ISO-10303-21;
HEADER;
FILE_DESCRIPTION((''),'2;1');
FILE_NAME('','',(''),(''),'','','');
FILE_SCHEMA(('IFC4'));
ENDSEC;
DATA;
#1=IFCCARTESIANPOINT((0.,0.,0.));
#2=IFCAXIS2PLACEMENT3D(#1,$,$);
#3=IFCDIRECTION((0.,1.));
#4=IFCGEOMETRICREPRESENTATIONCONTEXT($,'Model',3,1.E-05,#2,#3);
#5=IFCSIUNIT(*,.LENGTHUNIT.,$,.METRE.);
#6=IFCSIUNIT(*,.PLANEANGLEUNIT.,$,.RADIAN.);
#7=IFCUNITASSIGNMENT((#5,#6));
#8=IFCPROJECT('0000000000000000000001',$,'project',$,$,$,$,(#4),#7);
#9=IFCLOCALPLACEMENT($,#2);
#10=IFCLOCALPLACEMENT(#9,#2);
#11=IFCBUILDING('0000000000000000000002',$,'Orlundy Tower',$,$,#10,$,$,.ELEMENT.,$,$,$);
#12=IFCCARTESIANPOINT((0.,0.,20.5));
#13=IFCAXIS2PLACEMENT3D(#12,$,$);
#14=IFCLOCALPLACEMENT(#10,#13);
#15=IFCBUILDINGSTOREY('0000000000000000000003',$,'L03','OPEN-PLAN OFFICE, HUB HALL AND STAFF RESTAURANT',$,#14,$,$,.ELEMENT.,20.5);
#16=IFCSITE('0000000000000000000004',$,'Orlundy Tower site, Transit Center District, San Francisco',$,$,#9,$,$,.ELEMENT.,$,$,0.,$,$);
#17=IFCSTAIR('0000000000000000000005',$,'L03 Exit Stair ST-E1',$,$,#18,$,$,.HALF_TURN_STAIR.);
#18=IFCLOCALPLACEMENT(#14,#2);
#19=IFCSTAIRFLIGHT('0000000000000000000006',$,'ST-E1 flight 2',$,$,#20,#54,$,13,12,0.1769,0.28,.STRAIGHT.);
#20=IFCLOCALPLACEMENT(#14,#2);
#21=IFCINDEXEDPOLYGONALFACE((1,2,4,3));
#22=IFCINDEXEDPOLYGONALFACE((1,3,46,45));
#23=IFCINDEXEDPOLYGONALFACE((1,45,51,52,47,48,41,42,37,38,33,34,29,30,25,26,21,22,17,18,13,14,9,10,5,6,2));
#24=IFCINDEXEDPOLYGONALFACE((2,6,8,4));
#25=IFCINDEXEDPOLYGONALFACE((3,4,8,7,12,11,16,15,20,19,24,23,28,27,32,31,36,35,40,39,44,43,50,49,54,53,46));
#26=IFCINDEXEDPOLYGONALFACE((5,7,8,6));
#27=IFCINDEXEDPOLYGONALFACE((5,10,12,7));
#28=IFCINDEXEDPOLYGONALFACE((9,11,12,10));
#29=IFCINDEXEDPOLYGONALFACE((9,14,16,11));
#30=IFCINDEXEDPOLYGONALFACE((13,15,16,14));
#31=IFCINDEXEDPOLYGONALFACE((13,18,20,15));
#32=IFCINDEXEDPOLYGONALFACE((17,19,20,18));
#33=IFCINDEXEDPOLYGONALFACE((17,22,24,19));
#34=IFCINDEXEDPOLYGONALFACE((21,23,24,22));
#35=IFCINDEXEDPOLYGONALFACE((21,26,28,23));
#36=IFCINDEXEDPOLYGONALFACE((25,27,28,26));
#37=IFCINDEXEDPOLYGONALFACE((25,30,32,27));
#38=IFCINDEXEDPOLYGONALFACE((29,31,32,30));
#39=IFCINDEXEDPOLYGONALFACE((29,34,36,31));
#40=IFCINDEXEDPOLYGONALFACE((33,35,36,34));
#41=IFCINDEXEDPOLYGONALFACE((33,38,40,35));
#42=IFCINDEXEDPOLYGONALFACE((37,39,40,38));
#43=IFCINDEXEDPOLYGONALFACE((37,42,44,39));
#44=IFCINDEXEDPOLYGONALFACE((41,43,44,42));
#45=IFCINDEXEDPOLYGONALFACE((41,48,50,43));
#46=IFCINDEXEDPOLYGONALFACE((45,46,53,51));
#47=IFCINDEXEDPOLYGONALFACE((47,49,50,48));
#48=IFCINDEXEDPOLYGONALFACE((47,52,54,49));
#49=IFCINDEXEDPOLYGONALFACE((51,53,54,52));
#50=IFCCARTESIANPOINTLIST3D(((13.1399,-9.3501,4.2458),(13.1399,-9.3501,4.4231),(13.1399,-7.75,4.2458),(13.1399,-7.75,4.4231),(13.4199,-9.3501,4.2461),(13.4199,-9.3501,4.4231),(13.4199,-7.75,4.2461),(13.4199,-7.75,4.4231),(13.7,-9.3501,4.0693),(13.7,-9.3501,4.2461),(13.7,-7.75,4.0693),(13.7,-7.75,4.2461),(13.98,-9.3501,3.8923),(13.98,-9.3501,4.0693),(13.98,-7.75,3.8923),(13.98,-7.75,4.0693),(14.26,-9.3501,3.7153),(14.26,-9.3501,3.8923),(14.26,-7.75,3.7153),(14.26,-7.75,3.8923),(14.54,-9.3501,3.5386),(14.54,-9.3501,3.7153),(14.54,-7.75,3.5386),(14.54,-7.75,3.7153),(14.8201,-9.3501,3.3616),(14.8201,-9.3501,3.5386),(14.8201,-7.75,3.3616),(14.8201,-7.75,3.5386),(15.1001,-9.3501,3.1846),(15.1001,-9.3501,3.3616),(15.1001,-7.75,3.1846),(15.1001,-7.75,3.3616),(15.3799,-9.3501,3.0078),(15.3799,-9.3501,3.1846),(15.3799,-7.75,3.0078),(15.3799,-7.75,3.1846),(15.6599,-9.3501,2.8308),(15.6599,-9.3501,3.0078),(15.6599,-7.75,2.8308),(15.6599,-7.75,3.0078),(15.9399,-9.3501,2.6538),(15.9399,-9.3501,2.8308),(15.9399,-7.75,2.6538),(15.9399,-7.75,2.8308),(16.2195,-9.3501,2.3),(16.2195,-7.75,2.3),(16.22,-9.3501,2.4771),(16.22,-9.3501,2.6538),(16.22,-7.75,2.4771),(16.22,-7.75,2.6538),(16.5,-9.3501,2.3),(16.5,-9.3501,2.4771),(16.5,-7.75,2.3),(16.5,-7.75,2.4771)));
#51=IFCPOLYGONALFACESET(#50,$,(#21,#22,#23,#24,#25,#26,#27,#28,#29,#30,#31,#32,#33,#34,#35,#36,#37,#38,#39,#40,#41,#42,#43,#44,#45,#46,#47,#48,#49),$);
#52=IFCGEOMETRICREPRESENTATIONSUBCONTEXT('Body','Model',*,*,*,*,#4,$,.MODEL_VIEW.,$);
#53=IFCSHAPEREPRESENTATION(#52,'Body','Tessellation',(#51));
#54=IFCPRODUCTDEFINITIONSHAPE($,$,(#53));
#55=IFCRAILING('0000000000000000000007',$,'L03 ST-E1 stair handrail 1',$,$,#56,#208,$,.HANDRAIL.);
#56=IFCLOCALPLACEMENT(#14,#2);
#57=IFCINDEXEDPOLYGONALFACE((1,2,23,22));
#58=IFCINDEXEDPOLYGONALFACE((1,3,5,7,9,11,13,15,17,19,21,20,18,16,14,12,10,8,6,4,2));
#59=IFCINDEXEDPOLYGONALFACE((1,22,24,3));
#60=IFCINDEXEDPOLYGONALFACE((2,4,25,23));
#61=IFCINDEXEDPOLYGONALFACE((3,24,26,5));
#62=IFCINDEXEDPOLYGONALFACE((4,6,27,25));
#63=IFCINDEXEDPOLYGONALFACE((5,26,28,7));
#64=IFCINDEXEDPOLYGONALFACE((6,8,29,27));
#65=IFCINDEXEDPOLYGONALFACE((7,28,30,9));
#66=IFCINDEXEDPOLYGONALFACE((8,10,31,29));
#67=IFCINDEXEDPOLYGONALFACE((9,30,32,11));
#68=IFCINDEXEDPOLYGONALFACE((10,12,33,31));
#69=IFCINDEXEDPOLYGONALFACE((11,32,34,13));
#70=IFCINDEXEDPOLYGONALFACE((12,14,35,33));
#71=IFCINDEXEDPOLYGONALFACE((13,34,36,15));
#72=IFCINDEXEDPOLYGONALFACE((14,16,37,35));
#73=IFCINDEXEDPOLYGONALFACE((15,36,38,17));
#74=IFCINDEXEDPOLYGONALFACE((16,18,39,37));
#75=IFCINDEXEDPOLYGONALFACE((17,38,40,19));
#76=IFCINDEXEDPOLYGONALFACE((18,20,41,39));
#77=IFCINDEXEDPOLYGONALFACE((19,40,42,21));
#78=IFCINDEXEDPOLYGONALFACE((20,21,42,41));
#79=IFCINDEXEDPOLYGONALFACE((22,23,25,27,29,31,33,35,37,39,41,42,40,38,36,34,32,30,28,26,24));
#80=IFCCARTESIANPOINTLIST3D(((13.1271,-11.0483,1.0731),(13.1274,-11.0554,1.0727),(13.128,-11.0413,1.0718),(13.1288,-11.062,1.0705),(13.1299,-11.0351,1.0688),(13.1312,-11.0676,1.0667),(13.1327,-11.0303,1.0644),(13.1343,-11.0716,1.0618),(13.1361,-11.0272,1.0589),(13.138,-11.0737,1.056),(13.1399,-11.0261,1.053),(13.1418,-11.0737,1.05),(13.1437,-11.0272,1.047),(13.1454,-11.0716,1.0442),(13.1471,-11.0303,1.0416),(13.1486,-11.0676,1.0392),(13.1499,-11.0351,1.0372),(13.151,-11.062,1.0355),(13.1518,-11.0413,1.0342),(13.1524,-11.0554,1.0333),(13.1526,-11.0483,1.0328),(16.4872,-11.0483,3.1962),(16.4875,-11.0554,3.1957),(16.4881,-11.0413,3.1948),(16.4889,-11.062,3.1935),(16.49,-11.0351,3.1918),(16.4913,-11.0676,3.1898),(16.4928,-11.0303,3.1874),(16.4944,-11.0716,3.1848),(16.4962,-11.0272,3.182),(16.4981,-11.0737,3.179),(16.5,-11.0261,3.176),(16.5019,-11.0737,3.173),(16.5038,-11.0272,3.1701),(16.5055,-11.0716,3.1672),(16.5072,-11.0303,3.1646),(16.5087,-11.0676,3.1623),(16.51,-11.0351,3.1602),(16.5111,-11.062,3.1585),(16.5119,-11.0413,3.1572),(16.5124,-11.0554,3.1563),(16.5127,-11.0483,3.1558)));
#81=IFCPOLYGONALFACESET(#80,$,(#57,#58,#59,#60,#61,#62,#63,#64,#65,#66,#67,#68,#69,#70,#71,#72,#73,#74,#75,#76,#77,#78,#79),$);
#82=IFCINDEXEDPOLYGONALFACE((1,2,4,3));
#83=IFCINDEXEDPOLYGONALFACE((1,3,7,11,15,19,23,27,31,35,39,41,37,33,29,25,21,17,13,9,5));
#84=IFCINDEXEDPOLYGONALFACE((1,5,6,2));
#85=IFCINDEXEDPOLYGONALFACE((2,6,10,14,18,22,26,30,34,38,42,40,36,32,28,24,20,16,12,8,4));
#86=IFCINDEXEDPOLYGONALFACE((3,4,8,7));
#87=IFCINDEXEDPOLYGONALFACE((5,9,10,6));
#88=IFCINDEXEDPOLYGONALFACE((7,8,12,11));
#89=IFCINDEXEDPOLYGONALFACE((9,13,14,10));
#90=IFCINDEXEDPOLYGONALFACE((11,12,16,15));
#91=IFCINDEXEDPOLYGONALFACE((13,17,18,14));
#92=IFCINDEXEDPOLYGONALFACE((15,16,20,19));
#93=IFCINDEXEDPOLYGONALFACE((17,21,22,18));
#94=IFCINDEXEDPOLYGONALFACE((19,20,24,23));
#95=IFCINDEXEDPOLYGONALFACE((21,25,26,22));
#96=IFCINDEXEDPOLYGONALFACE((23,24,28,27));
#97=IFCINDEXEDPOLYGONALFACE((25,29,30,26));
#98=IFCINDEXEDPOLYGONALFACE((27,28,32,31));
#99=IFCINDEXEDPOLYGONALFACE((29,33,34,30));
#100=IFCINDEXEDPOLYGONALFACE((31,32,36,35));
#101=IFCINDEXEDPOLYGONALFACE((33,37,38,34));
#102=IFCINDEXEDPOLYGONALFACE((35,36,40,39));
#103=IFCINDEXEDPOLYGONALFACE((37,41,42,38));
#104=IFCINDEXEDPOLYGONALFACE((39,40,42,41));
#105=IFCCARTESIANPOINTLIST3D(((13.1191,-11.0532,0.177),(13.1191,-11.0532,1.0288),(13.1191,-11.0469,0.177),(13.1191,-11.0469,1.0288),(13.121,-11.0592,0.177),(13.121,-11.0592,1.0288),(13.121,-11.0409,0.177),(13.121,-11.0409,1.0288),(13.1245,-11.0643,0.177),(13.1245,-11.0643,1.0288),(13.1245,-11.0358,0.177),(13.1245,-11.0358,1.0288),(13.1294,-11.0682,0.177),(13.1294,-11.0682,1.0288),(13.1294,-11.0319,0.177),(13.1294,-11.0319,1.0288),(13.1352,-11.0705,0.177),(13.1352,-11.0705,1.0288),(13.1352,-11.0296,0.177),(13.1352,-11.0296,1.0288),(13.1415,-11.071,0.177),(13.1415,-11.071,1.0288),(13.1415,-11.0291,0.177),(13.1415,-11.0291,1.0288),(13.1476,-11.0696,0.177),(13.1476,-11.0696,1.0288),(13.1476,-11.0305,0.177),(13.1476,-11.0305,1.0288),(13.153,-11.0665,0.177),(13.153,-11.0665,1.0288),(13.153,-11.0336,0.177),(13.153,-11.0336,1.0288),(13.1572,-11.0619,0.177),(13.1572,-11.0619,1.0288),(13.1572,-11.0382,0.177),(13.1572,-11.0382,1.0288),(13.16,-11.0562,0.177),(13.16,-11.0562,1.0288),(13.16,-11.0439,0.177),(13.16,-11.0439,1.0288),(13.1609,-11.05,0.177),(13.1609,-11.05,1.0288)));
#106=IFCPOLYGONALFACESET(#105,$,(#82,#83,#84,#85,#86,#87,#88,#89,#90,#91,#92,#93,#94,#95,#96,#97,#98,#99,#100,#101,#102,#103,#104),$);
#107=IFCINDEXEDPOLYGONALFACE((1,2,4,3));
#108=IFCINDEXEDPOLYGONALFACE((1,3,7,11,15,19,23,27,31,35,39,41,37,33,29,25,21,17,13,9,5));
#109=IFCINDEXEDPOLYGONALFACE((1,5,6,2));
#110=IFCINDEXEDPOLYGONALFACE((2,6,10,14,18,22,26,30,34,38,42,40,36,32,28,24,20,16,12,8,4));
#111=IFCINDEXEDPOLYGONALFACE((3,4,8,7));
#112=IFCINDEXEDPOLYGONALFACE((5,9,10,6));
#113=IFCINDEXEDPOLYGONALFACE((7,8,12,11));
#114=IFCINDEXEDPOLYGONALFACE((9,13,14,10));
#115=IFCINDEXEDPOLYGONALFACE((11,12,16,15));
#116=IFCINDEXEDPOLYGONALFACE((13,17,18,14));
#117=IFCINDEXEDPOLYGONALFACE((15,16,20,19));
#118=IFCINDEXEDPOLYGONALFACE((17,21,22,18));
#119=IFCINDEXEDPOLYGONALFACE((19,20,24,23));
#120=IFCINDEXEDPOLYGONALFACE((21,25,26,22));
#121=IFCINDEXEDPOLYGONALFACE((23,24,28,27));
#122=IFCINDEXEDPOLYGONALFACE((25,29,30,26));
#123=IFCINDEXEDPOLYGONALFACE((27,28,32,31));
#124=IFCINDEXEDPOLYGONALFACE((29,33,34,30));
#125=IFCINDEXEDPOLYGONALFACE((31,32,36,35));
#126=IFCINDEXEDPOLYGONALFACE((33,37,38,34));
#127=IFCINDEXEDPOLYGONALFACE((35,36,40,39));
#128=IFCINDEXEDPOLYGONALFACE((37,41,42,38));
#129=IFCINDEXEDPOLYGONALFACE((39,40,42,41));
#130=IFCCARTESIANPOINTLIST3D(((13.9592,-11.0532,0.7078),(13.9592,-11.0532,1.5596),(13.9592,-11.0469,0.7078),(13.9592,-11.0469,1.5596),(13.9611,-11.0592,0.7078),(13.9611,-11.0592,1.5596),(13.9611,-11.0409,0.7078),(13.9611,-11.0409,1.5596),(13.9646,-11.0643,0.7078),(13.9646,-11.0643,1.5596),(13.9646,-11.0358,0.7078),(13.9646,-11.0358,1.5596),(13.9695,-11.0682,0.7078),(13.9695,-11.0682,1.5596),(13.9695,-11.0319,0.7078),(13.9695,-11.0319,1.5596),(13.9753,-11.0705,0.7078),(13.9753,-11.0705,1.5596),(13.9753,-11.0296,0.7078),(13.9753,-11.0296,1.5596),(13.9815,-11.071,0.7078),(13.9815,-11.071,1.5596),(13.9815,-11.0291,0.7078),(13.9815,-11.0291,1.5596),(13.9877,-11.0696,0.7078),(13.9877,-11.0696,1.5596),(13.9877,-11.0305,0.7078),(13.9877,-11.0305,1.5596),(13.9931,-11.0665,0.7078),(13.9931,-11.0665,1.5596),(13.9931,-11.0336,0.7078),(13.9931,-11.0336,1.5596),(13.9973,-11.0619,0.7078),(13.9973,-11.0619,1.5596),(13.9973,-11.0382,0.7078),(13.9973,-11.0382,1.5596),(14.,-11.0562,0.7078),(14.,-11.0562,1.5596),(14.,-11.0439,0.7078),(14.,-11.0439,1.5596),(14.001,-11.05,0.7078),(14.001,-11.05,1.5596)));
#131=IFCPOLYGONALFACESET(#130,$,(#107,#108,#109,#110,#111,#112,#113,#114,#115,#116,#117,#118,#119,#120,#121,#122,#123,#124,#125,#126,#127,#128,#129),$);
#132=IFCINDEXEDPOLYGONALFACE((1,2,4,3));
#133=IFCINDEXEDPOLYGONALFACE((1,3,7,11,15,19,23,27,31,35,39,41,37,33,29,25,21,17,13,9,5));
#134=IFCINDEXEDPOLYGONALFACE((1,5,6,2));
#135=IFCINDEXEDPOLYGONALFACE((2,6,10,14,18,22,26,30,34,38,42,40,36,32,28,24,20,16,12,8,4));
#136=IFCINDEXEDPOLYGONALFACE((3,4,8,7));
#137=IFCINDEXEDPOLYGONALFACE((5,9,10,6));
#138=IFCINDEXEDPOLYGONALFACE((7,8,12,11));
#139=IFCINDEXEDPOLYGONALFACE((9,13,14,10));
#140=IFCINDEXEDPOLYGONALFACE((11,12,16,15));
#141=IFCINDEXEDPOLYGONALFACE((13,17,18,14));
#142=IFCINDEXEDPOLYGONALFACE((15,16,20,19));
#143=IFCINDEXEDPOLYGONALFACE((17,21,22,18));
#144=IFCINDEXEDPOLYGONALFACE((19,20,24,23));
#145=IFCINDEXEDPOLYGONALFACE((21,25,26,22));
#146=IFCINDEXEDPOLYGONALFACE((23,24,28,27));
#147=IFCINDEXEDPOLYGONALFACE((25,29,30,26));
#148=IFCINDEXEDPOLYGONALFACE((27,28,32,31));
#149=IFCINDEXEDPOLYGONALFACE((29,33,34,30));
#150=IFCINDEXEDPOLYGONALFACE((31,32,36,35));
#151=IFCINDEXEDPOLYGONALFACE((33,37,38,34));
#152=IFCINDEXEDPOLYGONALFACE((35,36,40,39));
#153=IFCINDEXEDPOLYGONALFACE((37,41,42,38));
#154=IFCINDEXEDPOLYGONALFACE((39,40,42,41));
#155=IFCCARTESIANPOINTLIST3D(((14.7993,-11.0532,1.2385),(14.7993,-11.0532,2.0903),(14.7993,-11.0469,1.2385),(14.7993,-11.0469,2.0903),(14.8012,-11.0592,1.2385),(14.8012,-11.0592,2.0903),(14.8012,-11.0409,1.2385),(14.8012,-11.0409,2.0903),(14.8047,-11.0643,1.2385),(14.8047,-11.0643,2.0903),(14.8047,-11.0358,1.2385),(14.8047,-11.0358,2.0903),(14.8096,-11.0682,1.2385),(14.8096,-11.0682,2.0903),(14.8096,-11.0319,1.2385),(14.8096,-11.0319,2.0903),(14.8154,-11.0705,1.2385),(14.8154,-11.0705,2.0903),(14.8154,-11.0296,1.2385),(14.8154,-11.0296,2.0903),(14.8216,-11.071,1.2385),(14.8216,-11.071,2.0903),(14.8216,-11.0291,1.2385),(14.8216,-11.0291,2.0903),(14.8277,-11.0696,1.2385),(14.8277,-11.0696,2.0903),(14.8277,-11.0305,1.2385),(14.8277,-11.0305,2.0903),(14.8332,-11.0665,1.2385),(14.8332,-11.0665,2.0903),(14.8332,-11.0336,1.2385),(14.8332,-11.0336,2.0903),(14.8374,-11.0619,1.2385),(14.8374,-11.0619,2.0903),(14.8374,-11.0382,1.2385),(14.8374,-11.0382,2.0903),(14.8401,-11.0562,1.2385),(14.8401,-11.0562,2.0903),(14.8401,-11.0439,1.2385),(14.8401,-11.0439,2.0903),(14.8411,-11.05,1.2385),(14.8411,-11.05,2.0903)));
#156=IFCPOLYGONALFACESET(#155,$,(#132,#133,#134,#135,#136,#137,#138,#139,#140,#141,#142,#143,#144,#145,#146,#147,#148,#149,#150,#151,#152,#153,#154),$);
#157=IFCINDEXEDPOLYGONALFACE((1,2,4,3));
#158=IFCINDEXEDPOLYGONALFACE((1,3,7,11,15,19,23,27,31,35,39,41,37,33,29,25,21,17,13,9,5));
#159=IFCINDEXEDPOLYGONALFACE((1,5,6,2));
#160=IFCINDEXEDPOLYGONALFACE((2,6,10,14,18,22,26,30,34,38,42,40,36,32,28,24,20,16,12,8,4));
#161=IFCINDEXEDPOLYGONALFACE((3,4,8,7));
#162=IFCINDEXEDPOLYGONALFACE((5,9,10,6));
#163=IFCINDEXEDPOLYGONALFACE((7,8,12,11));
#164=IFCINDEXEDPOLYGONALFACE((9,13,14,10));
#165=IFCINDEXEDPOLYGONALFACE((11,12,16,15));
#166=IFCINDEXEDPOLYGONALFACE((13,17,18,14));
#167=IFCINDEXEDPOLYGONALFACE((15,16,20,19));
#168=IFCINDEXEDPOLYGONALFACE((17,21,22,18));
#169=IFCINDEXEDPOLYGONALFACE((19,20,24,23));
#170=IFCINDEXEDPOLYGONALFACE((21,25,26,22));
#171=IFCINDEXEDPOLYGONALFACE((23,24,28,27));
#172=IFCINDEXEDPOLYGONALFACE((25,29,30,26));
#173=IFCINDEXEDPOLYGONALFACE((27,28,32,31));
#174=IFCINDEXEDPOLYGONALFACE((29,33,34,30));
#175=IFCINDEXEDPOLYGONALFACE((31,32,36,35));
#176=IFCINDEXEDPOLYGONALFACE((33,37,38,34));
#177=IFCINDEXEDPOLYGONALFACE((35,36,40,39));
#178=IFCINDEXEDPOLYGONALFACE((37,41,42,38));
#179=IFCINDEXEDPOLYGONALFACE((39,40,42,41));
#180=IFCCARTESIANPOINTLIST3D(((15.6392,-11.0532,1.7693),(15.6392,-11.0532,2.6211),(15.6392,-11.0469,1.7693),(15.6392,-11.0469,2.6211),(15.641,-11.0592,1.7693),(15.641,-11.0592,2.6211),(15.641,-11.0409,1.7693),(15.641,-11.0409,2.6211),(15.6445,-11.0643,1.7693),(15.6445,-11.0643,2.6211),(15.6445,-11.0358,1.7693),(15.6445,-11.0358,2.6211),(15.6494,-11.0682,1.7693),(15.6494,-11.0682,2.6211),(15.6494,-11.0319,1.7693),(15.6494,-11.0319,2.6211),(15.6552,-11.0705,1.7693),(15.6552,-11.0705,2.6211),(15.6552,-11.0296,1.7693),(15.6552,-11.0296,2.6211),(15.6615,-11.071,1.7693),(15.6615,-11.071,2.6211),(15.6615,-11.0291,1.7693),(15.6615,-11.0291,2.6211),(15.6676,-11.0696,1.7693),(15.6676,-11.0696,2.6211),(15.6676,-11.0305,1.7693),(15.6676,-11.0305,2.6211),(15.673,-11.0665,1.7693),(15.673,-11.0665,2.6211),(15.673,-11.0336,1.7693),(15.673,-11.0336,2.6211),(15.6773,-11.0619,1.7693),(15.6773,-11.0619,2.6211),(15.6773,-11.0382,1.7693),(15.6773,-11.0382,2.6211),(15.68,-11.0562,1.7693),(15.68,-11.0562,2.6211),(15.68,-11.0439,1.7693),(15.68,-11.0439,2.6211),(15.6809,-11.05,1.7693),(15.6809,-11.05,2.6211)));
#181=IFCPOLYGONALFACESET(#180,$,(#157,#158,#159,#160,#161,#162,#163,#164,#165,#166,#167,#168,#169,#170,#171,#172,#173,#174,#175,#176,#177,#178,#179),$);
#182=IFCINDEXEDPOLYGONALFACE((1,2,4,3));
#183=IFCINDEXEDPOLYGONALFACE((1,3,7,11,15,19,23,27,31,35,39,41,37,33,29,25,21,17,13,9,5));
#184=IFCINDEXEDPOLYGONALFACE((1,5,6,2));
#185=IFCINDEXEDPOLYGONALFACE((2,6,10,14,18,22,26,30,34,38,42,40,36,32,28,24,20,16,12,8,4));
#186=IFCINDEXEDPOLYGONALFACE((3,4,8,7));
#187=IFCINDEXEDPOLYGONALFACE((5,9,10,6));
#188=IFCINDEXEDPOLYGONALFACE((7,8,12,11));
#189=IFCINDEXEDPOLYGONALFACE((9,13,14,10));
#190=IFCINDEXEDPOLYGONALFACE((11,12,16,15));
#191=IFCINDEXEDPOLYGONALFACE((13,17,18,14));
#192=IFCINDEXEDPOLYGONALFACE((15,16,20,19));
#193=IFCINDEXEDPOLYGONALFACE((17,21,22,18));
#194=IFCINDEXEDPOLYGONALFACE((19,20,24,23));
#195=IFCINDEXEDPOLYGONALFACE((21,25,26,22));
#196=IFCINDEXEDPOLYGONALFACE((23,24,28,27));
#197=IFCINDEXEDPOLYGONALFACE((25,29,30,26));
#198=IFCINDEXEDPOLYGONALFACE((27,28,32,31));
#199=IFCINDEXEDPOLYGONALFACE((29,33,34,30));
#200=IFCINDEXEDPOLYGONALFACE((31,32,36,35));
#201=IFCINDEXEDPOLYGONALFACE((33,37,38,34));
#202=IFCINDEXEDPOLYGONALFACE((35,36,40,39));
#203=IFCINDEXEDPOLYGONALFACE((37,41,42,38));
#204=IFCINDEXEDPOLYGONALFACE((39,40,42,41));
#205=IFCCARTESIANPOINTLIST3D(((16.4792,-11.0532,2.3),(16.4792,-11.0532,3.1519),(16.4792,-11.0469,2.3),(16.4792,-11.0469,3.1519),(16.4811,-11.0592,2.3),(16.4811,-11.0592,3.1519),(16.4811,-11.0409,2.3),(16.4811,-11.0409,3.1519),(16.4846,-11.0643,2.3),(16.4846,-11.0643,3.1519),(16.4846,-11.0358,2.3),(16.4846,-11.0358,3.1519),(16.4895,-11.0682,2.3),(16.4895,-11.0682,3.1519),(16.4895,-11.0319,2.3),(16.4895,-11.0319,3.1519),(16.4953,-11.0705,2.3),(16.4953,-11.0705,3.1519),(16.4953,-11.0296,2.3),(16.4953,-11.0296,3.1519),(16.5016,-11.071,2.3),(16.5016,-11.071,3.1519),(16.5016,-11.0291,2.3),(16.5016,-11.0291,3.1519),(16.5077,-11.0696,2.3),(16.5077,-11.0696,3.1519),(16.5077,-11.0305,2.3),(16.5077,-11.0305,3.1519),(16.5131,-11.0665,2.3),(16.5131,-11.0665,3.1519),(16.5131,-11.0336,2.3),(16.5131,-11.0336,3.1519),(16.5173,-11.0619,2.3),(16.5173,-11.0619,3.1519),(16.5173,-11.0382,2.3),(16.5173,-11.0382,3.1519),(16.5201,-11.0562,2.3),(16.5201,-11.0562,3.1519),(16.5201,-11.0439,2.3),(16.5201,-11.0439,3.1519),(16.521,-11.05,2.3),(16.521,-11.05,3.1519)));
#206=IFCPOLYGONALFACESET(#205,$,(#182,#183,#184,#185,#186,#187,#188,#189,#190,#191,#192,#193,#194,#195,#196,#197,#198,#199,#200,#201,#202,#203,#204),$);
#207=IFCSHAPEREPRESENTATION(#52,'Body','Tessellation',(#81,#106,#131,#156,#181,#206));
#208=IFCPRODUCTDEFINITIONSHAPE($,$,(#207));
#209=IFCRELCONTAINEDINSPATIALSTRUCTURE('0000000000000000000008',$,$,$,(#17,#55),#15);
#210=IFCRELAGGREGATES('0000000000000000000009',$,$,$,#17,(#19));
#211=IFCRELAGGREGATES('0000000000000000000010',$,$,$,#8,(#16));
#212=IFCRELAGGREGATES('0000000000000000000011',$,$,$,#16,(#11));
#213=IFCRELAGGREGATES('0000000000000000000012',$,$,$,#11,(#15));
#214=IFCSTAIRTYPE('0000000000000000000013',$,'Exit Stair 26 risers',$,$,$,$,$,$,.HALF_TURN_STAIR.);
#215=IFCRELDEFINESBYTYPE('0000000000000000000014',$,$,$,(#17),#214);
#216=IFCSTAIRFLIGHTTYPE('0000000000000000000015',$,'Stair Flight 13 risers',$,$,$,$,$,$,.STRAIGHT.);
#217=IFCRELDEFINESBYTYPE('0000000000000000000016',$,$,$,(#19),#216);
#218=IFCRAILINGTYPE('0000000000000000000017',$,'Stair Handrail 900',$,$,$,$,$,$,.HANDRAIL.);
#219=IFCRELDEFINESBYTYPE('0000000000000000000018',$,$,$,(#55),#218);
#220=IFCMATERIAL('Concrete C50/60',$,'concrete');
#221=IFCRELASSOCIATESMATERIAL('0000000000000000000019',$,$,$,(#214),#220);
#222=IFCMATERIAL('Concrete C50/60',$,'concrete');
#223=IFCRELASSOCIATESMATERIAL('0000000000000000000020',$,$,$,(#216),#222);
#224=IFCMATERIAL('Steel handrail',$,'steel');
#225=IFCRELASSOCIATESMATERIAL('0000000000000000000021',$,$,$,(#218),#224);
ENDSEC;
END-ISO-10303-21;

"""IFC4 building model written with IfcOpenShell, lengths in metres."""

from ifc_helpers import new_model, si_unit, direction, frame, origin, origin_2d, place, context, subcontext, project, spatial, polyline, circle, outline, extrude, material, type_object, element, aggregate, save


model = new_model("IFC4")

# Units and contexts
model_context = context("Model", 3, precision=1e-05, world=origin(), true_north=direction((0.0, 1.0)))
body_context = subcontext(model_context, "Body", "Model", "MODEL_VIEW")
ifc_project = project(units=[si_unit("LENGTHUNIT", "METRE"), si_unit("PLANEANGLEUNIT", "RADIAN")], contexts=[model_context])

# Site, building, storey
site_placement = place(None, origin())
site = spatial("IfcSite", under=ifc_project, at=site_placement, Name="Orlundy Tower site, Transit Center District, San Francisco", CompositionType="ELEMENT", RefElevation=0.0)
building_placement = place(site_placement, origin())
building = spatial("IfcBuilding", under=site, at=building_placement, Name="Orlundy Tower", CompositionType="ELEMENT")
storey_placement = place(building_placement, frame((0.0, 0.0, 20.5)))
storey = spatial("IfcBuildingStorey", under=building, at=storey_placement, Name="L03", Description="OPEN-PLAN OFFICE, HUB HALL AND STAFF RESTAURANT", CompositionType="ELEMENT", Elevation=20.5)

# Stair
ifc_material_1 = material(Name="Concrete C50/60", Category="concrete")
stair_type = type_object("IfcStairType", Name="Exit Stair 26 risers", PredefinedType="HALF_TURN_STAIR", material=ifc_material_1)
stair_1_placement = place(storey_placement, origin())
stair_1 = element("IfcStair", 1, at=stair_1_placement, inside=storey, type_object=stair_type, Name="L03 Exit Stair ST-E1", PredefinedType="HALF_TURN_STAIR")

# Stair flight
ifc_material_2 = material(Name="Concrete C50/60", Category="concrete")
stair_flight_type = type_object("IfcStairFlightType", Name="Stair Flight 13 risers", PredefinedType="STRAIGHT", material=ifc_material_2)
stair_flight_placement = place(storey_placement, frame((16.5, -8.55, 2.3), z_axis=(0.0, 0.0, 1.0), x_axis=(-1.0, 0.0, 0.0)))
stair_flight = element("IfcStairFlight", 2, at=stair_flight_placement, type_object=stair_flight_type, Name="ST-E1 flight 2", NumberOfRisers=13, NumberOfTreads=12, PredefinedType="STRAIGHT", RiserHeight=0.1769, TreadLength=0.28, context=body_context, shape_type="SweptSolid", body=[
    extrude(outline(polyline([(0.0, 0.0), (0.0, 0.177), (0.28, 0.177), (0.28, 0.3538), (0.5601, 0.3538), (0.5601, 0.5308), (0.8401, 0.5308), (0.8401, 0.7078), (1.1201, 0.7078), (1.1201, 0.8845), (1.3999, 0.8845), (1.3999, 1.0615), (1.6799, 1.0615), (1.6799, 1.2385), (1.96, 1.2385), (1.96, 1.4153), (2.24, 1.4153), (2.24, 1.5923), (2.52, 1.5923), (2.52, 1.7693), (2.8, 1.7693), (2.8, 1.946), (3.0801, 1.946), (3.0801, 2.123), (3.3601, 2.123), (3.3601, 2.3), (3.3601, 1.9458), (0.2805, 0.0), (0.0, 0.0)])), frame((0.0, 0.8, 0.0), z_axis=(0.0, -1.0, 0.0), x_axis=(1.0, 0.0, 0.0)), (0.0, 0.0, 1.0), 1.6001),
])
aggregate(stair_1, [stair_flight])

# Railing
ifc_material_3 = material(Name="Steel handrail", Category="steel")
railing_type = type_object("IfcRailingType", Name="Stair Handrail 900", PredefinedType="HANDRAIL", material=ifc_material_3)
railing_1_placement = place(storey_placement, frame((13.1399, -11.05, 0.177)))
element("IfcRailing", 3, at=railing_1_placement, inside=storey, type_object=railing_type, Name="L03 ST-E1 stair handrail 1", PredefinedType="HANDRAIL", context=body_context, shape_type="SweptSolid", body=[
    extrude(circle(Radius=0.0239, at=origin_2d()), frame((0.0, 0.0, 0.876), z_axis=(0.84539, 0.0, 0.53415), x_axis=(0.0, 1.0, 0.0)), (0.0, 0.0, 1.0), 3.9746),
    extrude(circle(Radius=0.021, at=origin_2d()), origin(), (0.0, 0.0, 1.0), 0.8518),
    extrude(circle(Radius=0.021, at=origin_2d()), frame((0.8401, 0.0, 0.5308)), (0.0, 0.0, 1.0), 0.8518),
    extrude(circle(Radius=0.021, at=origin_2d()), frame((1.6802, 0.0, 1.0615)), (0.0, 0.0, 1.0), 0.8518),
    extrude(circle(Radius=0.021, at=origin_2d()), frame((2.52, 0.0, 1.5923)), (0.0, 0.0, 1.0), 0.8518),
    extrude(circle(Radius=0.021, at=origin_2d()), frame((3.3601, 0.0, 2.123)), (0.0, 0.0, 1.0), 0.8518),
])

save(model, "model.ifc")
